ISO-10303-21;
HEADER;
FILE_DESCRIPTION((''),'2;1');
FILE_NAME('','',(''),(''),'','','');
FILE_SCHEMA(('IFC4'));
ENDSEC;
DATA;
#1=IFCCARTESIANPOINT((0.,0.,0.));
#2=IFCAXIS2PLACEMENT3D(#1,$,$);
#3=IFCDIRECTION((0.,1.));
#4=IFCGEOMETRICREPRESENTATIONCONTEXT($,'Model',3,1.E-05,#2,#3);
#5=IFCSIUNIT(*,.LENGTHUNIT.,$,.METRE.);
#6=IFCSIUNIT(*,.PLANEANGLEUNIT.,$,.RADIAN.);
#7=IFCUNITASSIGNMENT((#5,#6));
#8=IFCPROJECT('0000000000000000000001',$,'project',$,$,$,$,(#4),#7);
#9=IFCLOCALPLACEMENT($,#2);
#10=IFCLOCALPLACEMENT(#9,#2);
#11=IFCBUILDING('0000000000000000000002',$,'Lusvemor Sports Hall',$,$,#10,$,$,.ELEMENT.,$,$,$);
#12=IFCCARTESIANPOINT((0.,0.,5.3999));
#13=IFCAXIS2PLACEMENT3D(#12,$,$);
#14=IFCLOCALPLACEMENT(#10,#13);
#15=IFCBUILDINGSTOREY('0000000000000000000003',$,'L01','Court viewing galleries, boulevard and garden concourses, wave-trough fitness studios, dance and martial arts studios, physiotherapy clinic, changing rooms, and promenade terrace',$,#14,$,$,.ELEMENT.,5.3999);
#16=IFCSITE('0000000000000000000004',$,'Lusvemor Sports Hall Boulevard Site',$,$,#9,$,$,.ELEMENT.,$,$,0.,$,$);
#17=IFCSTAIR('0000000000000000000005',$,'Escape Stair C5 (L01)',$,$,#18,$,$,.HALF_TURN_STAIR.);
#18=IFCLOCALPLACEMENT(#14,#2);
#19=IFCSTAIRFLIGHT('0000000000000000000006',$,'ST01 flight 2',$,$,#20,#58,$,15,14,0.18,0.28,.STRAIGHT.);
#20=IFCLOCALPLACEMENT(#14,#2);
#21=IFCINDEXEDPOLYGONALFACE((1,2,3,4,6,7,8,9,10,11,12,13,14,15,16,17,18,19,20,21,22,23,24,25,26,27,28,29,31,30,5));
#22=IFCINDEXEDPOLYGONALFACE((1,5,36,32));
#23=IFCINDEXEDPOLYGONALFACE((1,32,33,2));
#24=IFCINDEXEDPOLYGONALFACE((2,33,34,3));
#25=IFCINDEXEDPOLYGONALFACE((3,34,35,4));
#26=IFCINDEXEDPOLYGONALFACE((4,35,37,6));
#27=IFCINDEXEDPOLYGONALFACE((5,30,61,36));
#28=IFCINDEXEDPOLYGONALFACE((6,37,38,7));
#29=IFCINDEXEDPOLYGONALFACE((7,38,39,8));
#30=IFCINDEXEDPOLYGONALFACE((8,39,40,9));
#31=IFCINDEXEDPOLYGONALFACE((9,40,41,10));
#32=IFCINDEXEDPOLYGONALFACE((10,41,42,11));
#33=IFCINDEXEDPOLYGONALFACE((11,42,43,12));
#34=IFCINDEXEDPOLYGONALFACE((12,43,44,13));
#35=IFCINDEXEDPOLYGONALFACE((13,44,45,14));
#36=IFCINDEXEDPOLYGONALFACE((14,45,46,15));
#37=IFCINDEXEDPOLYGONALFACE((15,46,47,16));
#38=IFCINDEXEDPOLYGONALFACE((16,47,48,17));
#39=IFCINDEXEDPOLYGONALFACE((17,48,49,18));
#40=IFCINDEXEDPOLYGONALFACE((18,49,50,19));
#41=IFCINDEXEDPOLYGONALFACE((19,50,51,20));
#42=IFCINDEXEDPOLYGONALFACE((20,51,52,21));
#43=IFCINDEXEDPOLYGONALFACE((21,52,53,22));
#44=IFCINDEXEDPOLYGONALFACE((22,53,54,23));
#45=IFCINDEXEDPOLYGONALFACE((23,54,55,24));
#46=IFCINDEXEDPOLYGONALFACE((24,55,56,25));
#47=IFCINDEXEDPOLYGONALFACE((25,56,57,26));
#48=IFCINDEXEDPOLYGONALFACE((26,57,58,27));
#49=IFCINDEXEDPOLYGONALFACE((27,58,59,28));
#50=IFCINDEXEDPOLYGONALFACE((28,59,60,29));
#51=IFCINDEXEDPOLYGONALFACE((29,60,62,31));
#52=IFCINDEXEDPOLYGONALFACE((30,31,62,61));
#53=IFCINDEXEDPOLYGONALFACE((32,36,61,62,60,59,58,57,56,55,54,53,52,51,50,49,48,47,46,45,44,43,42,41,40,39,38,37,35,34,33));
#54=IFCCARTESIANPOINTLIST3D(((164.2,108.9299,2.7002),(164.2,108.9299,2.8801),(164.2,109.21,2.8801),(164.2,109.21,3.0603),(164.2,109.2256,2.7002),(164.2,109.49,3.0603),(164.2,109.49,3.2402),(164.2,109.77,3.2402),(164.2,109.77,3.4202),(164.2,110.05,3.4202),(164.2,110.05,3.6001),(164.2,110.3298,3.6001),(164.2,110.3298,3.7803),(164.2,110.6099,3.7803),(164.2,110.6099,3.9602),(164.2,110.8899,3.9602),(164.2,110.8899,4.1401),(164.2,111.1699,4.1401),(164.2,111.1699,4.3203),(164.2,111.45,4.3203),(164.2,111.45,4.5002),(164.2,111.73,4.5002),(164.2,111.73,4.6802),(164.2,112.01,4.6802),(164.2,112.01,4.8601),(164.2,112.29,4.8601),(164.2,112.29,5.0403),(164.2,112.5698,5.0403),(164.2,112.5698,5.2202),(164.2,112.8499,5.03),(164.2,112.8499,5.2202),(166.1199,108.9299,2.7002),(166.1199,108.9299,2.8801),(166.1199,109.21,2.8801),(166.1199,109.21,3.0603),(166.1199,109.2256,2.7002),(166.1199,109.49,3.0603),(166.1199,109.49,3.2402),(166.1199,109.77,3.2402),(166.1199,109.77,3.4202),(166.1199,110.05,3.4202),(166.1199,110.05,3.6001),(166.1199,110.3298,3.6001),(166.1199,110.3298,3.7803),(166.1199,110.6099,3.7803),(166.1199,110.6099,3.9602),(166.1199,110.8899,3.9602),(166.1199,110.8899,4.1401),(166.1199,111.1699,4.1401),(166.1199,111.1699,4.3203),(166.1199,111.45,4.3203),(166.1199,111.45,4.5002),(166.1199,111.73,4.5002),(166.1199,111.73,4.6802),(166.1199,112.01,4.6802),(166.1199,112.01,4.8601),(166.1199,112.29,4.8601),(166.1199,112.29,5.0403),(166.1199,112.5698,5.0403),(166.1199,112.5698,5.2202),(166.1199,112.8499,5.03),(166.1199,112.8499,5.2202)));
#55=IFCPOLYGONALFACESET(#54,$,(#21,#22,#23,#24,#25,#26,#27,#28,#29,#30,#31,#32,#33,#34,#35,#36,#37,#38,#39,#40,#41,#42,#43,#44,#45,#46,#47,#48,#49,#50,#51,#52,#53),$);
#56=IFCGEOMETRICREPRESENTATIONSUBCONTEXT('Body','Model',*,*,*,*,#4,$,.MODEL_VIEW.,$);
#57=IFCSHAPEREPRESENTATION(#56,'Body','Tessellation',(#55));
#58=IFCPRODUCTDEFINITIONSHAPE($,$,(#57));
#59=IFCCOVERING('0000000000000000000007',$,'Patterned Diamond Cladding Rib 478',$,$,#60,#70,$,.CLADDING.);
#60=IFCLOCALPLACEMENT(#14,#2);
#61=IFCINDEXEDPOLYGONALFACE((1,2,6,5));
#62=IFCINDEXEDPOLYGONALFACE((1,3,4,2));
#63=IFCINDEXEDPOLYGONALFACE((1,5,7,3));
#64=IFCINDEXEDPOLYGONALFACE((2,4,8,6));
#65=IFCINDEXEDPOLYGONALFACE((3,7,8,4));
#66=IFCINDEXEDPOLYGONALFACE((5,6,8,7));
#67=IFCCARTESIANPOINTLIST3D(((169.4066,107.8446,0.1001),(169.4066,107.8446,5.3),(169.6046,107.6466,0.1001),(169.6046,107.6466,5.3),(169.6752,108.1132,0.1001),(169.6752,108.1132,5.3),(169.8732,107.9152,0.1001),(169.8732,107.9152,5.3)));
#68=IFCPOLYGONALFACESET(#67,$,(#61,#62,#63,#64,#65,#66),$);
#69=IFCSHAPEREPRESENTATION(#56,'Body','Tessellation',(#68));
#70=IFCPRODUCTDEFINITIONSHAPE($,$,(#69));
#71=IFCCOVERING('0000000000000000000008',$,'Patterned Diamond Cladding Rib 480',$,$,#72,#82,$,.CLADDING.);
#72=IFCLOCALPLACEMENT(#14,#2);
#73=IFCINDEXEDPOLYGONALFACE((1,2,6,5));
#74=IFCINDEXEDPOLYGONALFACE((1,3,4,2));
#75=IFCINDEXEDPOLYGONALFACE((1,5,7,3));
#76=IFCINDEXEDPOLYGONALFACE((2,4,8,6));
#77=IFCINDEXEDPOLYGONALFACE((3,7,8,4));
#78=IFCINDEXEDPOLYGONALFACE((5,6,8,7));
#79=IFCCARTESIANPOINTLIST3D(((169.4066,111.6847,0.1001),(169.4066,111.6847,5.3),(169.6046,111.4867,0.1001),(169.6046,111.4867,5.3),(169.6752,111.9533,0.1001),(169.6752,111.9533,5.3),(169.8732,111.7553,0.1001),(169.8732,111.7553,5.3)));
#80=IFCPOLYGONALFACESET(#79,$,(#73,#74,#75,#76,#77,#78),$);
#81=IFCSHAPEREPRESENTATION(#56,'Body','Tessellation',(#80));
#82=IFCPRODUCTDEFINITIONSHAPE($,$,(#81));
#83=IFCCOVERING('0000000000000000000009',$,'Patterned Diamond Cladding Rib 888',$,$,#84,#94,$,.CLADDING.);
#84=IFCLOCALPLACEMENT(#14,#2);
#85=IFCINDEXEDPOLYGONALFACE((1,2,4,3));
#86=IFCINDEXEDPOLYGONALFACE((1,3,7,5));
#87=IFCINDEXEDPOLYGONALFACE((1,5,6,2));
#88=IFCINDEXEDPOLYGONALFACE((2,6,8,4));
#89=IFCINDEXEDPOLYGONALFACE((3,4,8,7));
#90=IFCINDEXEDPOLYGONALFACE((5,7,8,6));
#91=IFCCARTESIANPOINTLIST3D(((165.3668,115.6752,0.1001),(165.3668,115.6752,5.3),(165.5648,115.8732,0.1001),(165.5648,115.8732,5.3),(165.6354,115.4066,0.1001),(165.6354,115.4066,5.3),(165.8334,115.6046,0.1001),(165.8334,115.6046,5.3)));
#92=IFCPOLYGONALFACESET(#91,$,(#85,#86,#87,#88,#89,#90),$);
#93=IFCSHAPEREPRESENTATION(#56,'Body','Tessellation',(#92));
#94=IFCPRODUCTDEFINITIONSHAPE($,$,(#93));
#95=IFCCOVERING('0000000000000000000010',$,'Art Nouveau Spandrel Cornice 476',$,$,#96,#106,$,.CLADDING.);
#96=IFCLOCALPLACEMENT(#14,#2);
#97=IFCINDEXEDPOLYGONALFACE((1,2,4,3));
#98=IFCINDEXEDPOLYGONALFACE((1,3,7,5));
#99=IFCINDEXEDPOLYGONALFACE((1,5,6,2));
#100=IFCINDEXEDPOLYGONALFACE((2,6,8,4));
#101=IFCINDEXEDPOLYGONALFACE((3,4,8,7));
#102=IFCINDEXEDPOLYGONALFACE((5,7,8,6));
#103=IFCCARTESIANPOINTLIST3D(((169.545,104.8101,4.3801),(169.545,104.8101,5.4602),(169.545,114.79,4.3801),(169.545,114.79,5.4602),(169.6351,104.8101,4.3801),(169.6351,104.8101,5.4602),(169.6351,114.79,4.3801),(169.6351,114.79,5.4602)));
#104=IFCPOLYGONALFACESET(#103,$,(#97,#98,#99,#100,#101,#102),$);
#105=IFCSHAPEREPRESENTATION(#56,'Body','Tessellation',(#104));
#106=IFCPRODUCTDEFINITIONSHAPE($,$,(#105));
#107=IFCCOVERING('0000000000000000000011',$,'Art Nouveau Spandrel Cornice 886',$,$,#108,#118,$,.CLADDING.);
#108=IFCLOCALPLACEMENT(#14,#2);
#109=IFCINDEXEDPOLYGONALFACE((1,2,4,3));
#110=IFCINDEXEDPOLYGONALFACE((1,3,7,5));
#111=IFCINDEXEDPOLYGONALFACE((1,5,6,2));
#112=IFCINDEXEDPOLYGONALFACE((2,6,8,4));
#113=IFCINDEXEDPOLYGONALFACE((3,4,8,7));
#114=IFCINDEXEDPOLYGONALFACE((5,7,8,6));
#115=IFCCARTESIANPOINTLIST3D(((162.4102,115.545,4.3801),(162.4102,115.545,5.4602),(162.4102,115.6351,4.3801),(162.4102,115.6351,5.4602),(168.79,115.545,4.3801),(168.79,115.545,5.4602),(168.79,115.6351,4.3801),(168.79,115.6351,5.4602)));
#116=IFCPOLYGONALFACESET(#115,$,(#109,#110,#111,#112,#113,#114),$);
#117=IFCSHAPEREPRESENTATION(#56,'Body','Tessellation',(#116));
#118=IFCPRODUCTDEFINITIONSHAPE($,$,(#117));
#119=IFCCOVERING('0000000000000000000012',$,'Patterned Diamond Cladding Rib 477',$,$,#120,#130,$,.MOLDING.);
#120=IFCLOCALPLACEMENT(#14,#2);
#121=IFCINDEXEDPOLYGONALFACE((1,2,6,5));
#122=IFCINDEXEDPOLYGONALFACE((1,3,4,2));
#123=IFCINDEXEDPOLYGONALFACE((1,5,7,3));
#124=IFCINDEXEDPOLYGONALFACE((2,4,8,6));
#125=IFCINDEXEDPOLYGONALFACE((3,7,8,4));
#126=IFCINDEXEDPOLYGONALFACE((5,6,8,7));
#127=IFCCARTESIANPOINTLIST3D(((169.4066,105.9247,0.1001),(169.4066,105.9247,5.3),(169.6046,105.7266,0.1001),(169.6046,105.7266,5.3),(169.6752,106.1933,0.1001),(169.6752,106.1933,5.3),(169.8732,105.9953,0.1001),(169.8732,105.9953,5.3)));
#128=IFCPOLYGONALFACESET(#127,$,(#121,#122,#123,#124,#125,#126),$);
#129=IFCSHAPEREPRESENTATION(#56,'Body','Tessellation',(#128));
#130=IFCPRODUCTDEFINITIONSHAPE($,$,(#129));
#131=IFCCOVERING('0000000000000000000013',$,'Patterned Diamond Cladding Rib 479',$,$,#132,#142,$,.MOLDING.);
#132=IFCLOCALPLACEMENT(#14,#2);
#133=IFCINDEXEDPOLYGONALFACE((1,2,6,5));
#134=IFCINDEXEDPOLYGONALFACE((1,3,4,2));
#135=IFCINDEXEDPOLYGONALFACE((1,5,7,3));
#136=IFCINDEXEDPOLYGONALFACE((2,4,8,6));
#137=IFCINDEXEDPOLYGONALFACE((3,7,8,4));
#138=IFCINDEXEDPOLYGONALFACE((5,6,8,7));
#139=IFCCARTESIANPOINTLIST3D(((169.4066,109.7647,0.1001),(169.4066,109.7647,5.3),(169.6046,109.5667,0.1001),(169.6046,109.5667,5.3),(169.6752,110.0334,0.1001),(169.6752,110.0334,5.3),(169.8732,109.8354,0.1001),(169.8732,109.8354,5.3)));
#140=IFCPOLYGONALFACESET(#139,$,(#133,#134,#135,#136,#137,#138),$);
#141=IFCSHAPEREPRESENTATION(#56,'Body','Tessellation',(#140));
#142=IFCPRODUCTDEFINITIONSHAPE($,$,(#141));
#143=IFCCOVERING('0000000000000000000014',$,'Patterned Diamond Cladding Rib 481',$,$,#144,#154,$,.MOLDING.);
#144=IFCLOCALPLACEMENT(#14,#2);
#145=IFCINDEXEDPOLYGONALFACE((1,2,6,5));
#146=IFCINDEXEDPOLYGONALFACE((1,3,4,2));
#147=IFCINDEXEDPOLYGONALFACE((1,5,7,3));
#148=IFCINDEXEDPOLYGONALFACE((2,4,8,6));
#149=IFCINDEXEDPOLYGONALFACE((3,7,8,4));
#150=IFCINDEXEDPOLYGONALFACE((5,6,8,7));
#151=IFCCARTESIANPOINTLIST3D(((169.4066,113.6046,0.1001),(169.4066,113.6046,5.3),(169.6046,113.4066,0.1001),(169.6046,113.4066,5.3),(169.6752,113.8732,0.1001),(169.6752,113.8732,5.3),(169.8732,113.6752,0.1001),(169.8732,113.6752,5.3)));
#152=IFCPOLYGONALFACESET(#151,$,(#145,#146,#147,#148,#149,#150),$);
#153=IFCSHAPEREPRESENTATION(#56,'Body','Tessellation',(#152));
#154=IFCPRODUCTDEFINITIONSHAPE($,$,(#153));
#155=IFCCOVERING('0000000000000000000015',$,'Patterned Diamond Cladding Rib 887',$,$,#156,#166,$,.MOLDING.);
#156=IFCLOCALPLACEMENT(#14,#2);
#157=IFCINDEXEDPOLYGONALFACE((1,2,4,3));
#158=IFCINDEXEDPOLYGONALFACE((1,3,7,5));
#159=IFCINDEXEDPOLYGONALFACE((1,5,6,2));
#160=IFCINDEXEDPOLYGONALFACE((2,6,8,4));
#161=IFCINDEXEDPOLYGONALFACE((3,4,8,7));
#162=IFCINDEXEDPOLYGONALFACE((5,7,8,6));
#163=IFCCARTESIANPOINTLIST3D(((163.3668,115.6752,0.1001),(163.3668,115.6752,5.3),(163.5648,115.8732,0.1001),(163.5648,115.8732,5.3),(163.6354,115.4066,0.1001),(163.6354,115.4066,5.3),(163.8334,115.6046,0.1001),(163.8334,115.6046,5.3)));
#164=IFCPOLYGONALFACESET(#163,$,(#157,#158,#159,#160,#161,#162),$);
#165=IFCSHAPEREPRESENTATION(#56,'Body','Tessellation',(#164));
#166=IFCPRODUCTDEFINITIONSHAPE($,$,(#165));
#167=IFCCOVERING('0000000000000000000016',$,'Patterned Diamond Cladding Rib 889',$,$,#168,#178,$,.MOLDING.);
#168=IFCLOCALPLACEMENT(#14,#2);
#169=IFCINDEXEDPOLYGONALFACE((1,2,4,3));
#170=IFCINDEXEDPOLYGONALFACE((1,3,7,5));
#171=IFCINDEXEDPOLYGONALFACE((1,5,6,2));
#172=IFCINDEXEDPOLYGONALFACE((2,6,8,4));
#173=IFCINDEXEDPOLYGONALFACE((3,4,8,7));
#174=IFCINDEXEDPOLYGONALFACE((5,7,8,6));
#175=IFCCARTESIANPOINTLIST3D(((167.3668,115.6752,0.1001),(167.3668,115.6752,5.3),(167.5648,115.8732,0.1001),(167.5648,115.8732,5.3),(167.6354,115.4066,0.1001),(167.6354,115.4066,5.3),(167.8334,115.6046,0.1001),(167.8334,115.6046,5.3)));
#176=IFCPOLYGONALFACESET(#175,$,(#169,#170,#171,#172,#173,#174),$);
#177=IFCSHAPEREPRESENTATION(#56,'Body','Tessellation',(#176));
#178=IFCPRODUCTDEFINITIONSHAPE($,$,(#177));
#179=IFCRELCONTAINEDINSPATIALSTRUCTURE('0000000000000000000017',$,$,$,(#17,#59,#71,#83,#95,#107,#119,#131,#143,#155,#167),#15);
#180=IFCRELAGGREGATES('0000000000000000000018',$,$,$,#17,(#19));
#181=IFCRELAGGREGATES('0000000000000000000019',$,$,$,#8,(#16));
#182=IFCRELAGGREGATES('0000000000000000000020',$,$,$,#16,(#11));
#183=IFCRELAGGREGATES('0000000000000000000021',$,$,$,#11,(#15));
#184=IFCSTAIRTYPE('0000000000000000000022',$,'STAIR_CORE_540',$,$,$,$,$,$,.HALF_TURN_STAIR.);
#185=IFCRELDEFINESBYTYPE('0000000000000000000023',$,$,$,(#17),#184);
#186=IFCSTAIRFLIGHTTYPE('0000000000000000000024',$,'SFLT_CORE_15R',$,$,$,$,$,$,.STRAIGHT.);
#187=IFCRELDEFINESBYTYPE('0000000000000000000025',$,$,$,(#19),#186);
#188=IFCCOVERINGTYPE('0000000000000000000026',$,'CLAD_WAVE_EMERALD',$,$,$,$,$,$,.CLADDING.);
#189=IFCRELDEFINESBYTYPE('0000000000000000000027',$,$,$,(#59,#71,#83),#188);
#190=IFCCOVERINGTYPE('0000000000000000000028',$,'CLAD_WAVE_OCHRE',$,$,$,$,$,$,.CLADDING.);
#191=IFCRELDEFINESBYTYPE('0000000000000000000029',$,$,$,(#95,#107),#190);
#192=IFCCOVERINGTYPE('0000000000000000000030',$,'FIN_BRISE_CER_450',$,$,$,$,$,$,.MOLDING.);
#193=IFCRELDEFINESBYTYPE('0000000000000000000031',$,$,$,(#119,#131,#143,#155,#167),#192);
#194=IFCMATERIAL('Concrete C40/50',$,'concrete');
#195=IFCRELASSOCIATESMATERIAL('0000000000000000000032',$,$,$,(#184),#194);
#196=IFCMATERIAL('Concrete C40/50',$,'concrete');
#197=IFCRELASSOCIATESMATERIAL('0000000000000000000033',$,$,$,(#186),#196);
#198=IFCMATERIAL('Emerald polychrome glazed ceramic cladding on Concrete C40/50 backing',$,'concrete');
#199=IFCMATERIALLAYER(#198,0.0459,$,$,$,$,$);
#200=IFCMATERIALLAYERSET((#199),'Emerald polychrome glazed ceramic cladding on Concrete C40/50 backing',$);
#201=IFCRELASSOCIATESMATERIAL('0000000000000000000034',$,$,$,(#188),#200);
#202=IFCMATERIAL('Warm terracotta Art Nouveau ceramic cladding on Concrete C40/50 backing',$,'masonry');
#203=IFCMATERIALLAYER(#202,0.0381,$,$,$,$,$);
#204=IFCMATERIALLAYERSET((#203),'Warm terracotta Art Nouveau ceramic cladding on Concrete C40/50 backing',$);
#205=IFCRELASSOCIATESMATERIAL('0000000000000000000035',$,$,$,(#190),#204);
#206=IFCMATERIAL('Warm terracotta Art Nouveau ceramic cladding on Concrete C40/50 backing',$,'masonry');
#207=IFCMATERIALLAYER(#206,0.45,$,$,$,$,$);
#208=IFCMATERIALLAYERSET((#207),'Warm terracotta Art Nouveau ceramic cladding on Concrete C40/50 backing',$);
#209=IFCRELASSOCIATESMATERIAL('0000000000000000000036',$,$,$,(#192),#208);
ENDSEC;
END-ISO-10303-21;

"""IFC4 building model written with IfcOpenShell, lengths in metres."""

from ifc_helpers import new_model, si_unit, direction, frame, origin, origin_2d, place, context, subcontext, project, spatial, polyline, rectangle, outline, extrude, material, layer, layer_set, type_object, element, aggregate, save


model = new_model("IFC4")

# Units and contexts
model_context = context("Model", 3, precision=1e-05, world=origin(), true_north=direction((0.0, 1.0)))
body_context = subcontext(model_context, "Body", "Model", "MODEL_VIEW")
ifc_project = project(units=[si_unit("LENGTHUNIT", "METRE"), si_unit("PLANEANGLEUNIT", "RADIAN")], contexts=[model_context])

# Site, building, storey
site_placement = place(None, origin())
site = spatial("IfcSite", under=ifc_project, at=site_placement, Name="Lusvemor Sports Hall Boulevard Site", CompositionType="ELEMENT", RefElevation=0.0)
building_placement = place(site_placement, origin())
building = spatial("IfcBuilding", under=site, at=building_placement, Name="Lusvemor Sports Hall", CompositionType="ELEMENT")
storey_placement = place(building_placement, frame((0.0, 0.0, 5.3999)))
storey = spatial("IfcBuildingStorey", under=building, at=storey_placement, Name="L01", Description="Court viewing galleries, boulevard and garden concourses, wave-trough fitness studios, dance and martial arts studios, physiotherapy clinic, changing rooms, and promenade terrace", CompositionType="ELEMENT", Elevation=5.3999)

# Stair, stair flight
ifc_material_1 = material(Name="Concrete C40/50", Category="concrete")
stair_type = type_object("IfcStairType", Name="STAIR_CORE_540", PredefinedType="HALF_TURN_STAIR", material=ifc_material_1)
stair_placement = place(storey_placement, origin())
stair = element("IfcStair", 1, at=stair_placement, inside=storey, type_object=stair_type, Name="Escape Stair C5 (L01)", PredefinedType="HALF_TURN_STAIR")
ifc_material_2 = material(Name="Concrete C40/50", Category="concrete")
stair_flight_type = type_object("IfcStairFlightType", Name="SFLT_CORE_15R", PredefinedType="STRAIGHT", material=ifc_material_2)
stair_flight_1_placement = place(storey_placement, frame((165.1599, 108.9299, 2.7002), z_axis=(0.0, 0.0, 1.0), x_axis=(0.0, 1.0, 0.0)))
stair_flight_1 = element("IfcStairFlight", 2, at=stair_flight_1_placement, type_object=stair_flight_type, Name="ST01 flight 2", NumberOfRisers=15, NumberOfTreads=14, PredefinedType="STRAIGHT", RiserHeight=0.18, TreadLength=0.28, context=body_context, shape_type="SweptSolid", body=[
    extrude(outline(polyline([(0.0, 0.0), (0.0, 0.1799), (0.28, 0.1799), (0.28, 0.3601), (0.5601, 0.3601), (0.5601, 0.54), (0.8401, 0.54), (0.8401, 0.72), (1.1201, 0.72), (1.1201, 0.8999), (1.3999, 0.8999), (1.3999, 1.0801), (1.6799, 1.0801), (1.6799, 1.26), (1.96, 1.26), (1.96, 1.4399), (2.24, 1.4399), (2.24, 1.6201), (2.52, 1.6201), (2.52, 1.8), (2.8, 1.8), (2.8, 1.98), (3.0801, 1.98), (3.0801, 2.1599), (3.3601, 2.1599), (3.3601, 2.3401), (3.6399, 2.3401), (3.6399, 2.52), (3.9199, 2.52), (3.9199, 2.7), (3.9199, 2.3298), (0.2957, 0.0), (0.0, 0.0)])), frame((0.0, 0.96, 0.0), z_axis=(0.0, -1.0, 0.0), x_axis=(1.0, 0.0, 0.0)), (0.0, 0.0, 1.0), 1.9199),
])
aggregate(stair, [stair_flight_1])

# Coverings
ifc_material_3 = material(Name="Emerald polychrome glazed ceramic cladding on Concrete C40/50 backing", Category="concrete")
ifc_layer_1 = layer(ifc_material_3, 0.0459)
ifc_layer_set_1 = layer_set([ifc_layer_1], Name="Emerald polychrome glazed ceramic cladding on Concrete C40/50 backing")
covering_type_1 = type_object("IfcCoveringType", Name="CLAD_WAVE_EMERALD", PredefinedType="CLADDING", material=ifc_layer_set_1)
for number, where, z_axis, x_axis, name in (
    (3, (169.6399, 107.8799, 0.1001), (0.0, 0.0, 1.0), (0.707107, 0.707107, 0.0), "Patterned Diamond Cladding Rib 478"),
    (4, (169.6399, 111.72, 0.1001), (0.0, 0.0, 1.0), (0.707107, 0.707107, 0.0), "Patterned Diamond Cladding Rib 480"),
):
    element("IfcCovering", number, at=place(storey_placement, frame(where, z_axis=z_axis, x_axis=x_axis)), inside=storey, type_object=covering_type_1, Name=name, PredefinedType="CLADDING", context=body_context, shape_type="SweptSolid", body=[
        extrude(rectangle(XDim=0.3799, YDim=0.28, at=origin_2d()), origin(), (0.0, 0.0, 1.0), 5.2),
    ])
covering_1_placement = place(storey_placement, frame((165.6001, 115.6399, 0.1001), z_axis=(0.0, 0.0, 1.0), x_axis=(0.707107, 0.707107, 0.0)))
element("IfcCovering", 5, at=covering_1_placement, inside=storey, type_object=covering_type_1, Name="Patterned Diamond Cladding Rib 888", PredefinedType="CLADDING", context=body_context, shape_type="SweptSolid", body=[
    extrude(rectangle(XDim=0.28, YDim=0.3799, at=origin_2d()), origin(), (0.0, 0.0, 1.0), 5.2),
])
ifc_material_4 = material(Name="Warm terracotta Art Nouveau ceramic cladding on Concrete C40/50 backing", Category="masonry")
ifc_layer_2 = layer(ifc_material_4, 0.0381)
ifc_layer_set_2 = layer_set([ifc_layer_2], Name="Warm terracotta Art Nouveau ceramic cladding on Concrete C40/50 backing")
covering_type_2 = type_object("IfcCoveringType", Name="CLAD_WAVE_OCHRE", PredefinedType="CLADDING", material=ifc_layer_set_2)
covering_2_placement = place(storey_placement, frame((169.5901, 109.8, 4.3801), z_axis=(0.0, 0.0, 1.0), x_axis=(1.0, 0.0, 0.0)))
element("IfcCovering", 6, at=covering_2_placement, inside=storey, type_object=covering_type_2, Name="Art Nouveau Spandrel Cornice 476", PredefinedType="CLADDING", context=body_context, shape_type="SweptSolid", body=[
    extrude(rectangle(XDim=0.0901, YDim=9.98, at=origin_2d()), origin(), (0.0, 0.0, 1.0), 1.0801),
])
covering_3_placement = place(storey_placement, frame((165.6001, 115.5901, 4.3801), z_axis=(0.0, 0.0, 1.0), x_axis=(1.0, 0.0, 0.0)))
element("IfcCovering", 7, at=covering_3_placement, inside=storey, type_object=covering_type_2, Name="Art Nouveau Spandrel Cornice 886", PredefinedType="CLADDING", context=body_context, shape_type="SweptSolid", body=[
    extrude(rectangle(XDim=6.3799, YDim=0.0901, at=origin_2d()), origin(), (0.0, 0.0, 1.0), 1.0801),
])
ifc_material_5 = material(Name="Warm terracotta Art Nouveau ceramic cladding on Concrete C40/50 backing", Category="masonry")
ifc_layer_3 = layer(ifc_material_5, 0.45)
ifc_layer_set_3 = layer_set([ifc_layer_3], Name="Warm terracotta Art Nouveau ceramic cladding on Concrete C40/50 backing")
covering_type_3 = type_object("IfcCoveringType", Name="FIN_BRISE_CER_450", PredefinedType="MOLDING", material=ifc_layer_set_3)
for number, where, z_axis, x_axis, name in (
    (8, (169.6399, 105.96, 0.1001), (0.0, 0.0, 1.0), (0.707107, 0.707107, 0.0), "Patterned Diamond Cladding Rib 477"),
    (9, (169.6399, 109.8, 0.1001), (0.0, 0.0, 1.0), (0.707107, 0.707107, 0.0), "Patterned Diamond Cladding Rib 479"),
    (10, (169.6399, 113.6399, 0.1001), (0.0, 0.0, 1.0), (0.707107, 0.707107, 0.0), "Patterned Diamond Cladding Rib 481"),
):
    element("IfcCovering", number, at=place(storey_placement, frame(where, z_axis=z_axis, x_axis=x_axis)), inside=storey, type_object=covering_type_3, Name=name, PredefinedType="MOLDING", context=body_context, shape_type="SweptSolid", body=[
        extrude(rectangle(XDim=0.3799, YDim=0.28, at=origin_2d()), origin(), (0.0, 0.0, 1.0), 5.2),
    ])
for number, where, z_axis, x_axis, name in (
    (11, (163.6001, 115.6399, 0.1001), (0.0, 0.0, 1.0), (0.707107, 0.707107, 0.0), "Patterned Diamond Cladding Rib 887"),
    (12, (167.6001, 115.6399, 0.1001), (0.0, 0.0, 1.0), (0.707107, 0.707107, 0.0), "Patterned Diamond Cladding Rib 889"),
):
    element("IfcCovering", number, at=place(storey_placement, frame(where, z_axis=z_axis, x_axis=x_axis)), inside=storey, type_object=covering_type_3, Name=name, PredefinedType="MOLDING", context=body_context, shape_type="SweptSolid", body=[
        extrude(rectangle(XDim=0.28, YDim=0.3799, at=origin_2d()), origin(), (0.0, 0.0, 1.0), 5.2),
    ])

save(model, "model.ifc")
